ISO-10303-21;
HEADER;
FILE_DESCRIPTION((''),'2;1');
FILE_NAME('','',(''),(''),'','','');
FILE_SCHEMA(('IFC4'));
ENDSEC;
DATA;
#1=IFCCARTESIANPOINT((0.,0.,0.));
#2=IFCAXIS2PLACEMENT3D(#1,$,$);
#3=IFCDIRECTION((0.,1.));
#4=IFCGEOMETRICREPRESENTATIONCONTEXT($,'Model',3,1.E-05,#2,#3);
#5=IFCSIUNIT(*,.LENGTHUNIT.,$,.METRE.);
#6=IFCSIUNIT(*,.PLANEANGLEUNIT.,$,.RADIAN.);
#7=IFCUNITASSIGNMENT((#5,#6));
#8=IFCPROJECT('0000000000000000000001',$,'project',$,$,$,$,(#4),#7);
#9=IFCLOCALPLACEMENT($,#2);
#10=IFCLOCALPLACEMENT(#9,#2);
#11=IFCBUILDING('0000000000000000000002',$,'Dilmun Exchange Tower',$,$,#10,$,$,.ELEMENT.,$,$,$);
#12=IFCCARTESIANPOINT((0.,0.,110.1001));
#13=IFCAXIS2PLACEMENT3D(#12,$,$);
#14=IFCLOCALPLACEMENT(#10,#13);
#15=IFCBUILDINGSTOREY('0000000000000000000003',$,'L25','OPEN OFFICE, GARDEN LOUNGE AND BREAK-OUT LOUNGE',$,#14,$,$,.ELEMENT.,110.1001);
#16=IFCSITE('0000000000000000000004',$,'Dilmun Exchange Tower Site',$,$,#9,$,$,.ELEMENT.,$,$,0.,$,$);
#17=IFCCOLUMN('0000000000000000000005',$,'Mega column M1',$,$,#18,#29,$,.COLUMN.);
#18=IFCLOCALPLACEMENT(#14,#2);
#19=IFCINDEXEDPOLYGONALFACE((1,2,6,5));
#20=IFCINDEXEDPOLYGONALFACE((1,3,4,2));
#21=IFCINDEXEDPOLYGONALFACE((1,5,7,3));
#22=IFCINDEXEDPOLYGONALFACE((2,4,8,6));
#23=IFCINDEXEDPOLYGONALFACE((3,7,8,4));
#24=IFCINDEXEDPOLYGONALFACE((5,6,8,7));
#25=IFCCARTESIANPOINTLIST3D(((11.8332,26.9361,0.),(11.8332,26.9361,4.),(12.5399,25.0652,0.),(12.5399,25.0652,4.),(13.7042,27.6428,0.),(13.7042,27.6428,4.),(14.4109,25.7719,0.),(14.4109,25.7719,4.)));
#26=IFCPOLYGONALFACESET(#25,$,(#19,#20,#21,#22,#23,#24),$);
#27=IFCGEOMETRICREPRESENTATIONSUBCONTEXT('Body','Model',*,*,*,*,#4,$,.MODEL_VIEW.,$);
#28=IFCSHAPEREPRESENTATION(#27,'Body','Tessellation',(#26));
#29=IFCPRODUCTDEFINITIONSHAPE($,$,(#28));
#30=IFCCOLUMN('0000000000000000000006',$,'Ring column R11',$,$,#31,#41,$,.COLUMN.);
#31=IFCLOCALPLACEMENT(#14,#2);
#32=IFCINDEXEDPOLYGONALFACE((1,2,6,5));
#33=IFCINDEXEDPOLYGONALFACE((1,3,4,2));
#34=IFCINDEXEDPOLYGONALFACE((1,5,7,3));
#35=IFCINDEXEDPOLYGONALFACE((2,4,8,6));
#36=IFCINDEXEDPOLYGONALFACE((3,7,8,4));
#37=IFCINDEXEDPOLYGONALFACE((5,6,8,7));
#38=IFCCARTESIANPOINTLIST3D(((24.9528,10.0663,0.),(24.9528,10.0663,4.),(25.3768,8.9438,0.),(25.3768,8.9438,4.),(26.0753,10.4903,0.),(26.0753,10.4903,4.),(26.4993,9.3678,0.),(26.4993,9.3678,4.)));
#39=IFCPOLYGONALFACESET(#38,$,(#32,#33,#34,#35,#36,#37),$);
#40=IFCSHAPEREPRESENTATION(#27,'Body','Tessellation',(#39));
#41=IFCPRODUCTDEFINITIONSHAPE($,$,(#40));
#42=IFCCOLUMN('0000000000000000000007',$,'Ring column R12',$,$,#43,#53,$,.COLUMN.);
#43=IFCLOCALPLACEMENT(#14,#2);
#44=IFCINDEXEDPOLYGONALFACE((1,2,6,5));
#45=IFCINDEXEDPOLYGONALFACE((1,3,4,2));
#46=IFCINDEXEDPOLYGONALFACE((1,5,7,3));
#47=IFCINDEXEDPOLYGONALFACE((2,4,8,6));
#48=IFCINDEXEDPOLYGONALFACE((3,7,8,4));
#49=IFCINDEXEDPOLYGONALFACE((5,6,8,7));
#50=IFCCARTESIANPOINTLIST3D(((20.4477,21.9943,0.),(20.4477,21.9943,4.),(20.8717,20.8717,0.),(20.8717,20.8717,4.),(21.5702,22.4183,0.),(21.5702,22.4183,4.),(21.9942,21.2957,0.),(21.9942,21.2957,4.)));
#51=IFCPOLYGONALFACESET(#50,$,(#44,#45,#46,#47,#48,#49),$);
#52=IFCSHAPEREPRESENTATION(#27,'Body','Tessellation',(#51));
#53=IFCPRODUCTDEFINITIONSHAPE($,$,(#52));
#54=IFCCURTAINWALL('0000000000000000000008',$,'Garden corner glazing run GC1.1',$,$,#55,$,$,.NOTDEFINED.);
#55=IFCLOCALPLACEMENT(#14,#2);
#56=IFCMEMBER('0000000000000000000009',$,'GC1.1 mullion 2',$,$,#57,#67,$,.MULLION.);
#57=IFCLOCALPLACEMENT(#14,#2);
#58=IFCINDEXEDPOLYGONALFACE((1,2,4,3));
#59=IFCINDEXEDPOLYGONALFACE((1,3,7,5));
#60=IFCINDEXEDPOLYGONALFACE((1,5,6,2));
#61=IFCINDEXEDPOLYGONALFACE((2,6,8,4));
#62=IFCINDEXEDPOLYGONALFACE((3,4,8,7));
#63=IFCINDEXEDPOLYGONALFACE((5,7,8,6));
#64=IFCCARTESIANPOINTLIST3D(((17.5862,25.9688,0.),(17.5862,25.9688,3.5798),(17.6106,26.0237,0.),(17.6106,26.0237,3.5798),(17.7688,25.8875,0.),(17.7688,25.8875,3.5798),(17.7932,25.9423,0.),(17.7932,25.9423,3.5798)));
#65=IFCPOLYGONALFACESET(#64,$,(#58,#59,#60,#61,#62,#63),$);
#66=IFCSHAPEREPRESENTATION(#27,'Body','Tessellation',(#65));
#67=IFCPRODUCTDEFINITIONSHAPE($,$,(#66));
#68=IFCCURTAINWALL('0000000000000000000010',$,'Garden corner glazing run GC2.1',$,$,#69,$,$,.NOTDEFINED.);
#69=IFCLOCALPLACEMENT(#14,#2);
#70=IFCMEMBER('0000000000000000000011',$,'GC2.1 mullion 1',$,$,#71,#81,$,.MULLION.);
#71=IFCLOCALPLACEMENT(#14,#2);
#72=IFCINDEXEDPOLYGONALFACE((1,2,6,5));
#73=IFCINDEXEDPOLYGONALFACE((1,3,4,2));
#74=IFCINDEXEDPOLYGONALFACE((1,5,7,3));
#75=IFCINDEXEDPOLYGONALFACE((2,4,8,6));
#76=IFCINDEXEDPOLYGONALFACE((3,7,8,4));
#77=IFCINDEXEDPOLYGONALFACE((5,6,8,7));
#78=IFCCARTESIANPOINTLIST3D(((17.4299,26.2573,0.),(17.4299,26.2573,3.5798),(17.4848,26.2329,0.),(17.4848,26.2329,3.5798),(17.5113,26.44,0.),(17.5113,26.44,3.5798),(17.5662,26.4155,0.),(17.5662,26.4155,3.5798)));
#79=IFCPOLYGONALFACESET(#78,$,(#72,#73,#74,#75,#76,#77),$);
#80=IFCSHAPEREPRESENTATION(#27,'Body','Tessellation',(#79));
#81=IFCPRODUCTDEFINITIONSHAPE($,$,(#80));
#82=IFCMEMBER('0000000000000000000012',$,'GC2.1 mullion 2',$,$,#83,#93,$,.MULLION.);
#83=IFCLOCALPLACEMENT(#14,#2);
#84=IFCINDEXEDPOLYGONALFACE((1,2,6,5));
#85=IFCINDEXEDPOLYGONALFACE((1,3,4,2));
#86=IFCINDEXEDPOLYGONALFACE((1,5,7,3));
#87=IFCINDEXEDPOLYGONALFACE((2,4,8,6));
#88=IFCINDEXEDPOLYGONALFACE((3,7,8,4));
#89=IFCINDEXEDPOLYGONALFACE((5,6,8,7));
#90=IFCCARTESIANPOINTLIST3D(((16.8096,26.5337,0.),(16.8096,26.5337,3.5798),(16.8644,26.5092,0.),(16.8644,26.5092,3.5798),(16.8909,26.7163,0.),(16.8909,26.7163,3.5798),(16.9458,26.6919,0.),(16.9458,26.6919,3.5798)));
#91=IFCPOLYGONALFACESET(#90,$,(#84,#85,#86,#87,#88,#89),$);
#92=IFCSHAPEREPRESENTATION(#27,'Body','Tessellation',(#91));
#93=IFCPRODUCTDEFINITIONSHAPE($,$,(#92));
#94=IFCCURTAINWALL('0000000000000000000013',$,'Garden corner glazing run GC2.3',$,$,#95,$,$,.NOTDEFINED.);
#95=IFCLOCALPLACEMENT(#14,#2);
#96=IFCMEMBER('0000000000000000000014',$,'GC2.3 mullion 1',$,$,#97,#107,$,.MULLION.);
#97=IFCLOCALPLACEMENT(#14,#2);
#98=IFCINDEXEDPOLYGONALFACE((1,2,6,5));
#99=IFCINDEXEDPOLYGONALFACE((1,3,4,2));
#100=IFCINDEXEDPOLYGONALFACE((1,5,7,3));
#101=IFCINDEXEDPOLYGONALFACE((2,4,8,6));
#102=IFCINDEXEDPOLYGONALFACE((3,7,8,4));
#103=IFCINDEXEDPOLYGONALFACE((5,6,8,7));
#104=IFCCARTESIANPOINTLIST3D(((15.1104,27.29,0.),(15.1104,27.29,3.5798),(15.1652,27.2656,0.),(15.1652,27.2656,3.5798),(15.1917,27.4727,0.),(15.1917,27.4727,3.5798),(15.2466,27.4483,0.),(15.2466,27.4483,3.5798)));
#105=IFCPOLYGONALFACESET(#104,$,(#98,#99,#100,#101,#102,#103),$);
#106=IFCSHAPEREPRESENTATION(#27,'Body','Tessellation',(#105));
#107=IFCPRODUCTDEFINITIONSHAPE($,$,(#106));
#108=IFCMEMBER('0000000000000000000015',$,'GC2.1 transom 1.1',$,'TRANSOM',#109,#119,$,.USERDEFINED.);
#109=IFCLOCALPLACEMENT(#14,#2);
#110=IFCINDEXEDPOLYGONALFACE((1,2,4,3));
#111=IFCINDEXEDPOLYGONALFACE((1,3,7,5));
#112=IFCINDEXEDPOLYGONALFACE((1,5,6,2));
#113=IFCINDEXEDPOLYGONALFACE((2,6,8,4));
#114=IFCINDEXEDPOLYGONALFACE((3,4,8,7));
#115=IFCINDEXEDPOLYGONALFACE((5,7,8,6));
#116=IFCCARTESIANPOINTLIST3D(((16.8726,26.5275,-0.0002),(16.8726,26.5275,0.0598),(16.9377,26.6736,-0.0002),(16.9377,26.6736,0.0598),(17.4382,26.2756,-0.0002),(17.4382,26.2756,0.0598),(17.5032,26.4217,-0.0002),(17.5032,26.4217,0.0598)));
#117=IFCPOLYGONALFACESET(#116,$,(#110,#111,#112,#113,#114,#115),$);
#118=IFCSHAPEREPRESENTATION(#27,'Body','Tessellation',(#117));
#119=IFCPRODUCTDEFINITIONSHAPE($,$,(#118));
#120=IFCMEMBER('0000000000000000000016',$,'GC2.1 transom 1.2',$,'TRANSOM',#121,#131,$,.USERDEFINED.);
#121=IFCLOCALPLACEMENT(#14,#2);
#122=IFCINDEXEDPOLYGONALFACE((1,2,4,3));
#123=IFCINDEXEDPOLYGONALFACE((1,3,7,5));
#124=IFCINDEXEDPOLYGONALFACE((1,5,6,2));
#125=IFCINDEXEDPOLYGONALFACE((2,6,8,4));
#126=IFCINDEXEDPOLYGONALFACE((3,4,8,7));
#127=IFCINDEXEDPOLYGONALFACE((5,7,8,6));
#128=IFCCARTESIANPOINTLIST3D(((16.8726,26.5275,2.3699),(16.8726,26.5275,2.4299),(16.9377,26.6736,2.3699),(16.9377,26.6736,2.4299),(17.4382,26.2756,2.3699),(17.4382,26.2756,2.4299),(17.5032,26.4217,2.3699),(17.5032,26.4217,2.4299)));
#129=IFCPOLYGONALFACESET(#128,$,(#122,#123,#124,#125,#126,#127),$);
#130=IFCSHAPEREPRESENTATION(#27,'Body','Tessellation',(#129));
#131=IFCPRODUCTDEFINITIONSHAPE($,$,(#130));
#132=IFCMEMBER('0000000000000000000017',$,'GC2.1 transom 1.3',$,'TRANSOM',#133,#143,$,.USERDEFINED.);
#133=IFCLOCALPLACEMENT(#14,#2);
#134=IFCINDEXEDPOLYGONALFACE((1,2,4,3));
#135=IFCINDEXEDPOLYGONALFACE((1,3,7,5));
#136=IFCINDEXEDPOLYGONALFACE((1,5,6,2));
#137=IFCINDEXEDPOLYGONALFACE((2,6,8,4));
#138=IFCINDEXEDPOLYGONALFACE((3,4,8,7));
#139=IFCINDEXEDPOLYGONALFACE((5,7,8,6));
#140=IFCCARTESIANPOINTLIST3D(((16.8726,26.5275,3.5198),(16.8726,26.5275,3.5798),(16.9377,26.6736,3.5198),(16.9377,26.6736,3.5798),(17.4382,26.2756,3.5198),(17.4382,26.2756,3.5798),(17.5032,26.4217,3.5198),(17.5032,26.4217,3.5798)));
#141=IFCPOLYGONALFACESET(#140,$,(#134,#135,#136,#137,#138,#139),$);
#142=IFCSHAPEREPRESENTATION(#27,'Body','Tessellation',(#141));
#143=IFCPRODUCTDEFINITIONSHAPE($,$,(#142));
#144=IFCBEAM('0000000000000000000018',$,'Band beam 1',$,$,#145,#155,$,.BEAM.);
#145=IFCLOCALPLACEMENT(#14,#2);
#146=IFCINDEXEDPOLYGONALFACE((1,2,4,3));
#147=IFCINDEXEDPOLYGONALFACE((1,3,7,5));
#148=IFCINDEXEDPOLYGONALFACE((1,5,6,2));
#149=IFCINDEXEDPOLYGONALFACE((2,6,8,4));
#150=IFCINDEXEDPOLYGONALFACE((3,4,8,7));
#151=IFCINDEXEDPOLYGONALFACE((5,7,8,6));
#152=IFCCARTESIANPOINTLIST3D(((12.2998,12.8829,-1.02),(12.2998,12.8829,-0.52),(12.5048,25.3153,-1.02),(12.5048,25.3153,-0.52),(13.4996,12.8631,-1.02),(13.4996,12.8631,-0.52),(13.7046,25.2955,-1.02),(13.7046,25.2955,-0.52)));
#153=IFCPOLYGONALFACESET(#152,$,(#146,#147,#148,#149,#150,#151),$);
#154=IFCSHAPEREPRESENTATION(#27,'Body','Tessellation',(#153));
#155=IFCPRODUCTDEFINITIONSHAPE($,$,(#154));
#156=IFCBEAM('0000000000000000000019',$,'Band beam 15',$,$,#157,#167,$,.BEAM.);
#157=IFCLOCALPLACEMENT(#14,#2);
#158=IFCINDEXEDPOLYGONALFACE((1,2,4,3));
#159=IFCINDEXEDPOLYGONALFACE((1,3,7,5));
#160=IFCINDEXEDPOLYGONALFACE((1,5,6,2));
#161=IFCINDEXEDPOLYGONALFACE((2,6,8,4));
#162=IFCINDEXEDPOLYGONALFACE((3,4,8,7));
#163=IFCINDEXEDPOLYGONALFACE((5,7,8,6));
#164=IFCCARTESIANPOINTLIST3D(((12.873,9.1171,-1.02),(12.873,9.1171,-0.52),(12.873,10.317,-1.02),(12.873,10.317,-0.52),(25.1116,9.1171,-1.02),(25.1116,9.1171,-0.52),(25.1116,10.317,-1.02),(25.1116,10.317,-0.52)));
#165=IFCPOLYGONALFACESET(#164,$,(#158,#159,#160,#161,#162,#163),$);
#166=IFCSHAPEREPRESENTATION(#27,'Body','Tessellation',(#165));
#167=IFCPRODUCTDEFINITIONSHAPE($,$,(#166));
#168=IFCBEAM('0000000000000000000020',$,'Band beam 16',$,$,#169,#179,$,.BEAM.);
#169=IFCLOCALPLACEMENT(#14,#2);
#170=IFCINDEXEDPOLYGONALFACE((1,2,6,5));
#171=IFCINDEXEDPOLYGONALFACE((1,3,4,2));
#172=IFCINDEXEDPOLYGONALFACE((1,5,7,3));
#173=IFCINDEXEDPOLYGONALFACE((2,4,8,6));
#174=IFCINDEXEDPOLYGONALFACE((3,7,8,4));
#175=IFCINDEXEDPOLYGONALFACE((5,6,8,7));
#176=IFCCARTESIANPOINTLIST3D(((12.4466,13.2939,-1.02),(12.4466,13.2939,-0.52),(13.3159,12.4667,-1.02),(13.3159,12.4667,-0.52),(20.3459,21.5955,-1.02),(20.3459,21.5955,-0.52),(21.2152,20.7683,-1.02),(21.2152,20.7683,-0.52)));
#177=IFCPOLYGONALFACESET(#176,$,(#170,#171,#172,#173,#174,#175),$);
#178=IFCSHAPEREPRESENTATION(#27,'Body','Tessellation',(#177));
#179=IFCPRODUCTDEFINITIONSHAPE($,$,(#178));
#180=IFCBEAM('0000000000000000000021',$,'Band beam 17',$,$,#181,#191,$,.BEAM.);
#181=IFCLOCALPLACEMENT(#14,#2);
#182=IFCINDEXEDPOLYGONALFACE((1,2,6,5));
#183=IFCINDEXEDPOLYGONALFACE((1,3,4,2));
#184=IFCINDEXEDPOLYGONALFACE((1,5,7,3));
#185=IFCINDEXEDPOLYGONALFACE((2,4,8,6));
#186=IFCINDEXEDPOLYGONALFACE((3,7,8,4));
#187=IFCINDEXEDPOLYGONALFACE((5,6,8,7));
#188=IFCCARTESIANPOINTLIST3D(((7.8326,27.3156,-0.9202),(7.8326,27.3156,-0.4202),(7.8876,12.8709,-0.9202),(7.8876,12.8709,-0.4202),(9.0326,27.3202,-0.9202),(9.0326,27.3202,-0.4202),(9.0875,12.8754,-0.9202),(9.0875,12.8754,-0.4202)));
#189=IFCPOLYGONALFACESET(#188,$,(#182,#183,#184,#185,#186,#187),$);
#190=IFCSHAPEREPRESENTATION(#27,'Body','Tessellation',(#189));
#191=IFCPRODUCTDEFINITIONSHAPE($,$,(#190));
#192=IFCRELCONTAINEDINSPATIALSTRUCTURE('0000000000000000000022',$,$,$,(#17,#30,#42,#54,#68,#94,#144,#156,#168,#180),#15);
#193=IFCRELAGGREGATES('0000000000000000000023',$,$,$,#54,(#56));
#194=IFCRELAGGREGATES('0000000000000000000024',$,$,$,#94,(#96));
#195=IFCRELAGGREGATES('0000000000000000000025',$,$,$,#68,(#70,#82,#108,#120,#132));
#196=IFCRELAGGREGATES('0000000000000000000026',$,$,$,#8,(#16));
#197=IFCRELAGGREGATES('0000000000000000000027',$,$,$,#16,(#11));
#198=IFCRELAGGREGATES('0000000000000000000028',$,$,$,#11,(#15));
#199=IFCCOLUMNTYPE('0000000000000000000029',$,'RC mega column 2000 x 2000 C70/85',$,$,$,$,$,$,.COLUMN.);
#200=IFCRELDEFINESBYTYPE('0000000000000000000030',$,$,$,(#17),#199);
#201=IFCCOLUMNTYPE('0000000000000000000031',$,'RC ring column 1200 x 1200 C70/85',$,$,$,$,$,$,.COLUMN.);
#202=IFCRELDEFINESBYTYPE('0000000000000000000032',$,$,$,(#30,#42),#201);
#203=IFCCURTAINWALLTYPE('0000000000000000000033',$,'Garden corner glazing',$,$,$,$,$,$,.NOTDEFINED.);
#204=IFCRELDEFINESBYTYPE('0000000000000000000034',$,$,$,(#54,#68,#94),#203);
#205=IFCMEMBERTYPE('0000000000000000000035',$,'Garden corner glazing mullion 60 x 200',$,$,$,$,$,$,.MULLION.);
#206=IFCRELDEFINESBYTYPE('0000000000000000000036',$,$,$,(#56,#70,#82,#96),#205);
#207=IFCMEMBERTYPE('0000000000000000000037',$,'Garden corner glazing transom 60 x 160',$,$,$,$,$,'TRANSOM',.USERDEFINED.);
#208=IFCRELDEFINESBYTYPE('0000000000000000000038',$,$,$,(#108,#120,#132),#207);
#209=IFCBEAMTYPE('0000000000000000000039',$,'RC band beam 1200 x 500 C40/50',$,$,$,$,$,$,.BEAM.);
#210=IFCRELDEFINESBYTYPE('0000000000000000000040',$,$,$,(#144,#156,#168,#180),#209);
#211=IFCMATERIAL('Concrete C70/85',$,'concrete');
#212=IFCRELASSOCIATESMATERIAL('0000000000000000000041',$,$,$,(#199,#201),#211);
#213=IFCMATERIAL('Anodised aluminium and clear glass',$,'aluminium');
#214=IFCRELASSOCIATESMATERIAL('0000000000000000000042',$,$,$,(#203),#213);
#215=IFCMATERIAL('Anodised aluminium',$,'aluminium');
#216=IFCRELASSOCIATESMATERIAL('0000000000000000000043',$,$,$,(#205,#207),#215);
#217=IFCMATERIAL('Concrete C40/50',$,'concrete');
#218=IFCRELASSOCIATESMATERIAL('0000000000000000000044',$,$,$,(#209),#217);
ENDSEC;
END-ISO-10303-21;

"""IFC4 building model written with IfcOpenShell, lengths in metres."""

from ifc_helpers import new_model, si_unit, direction, frame, origin, origin_2d, place, context, subcontext, project, spatial, rectangle, extrude, material, material_profile, profile_set, type_object, element, aggregate, save


model = new_model("IFC4")

# Units and contexts
model_context = context("Model", 3, precision=1e-05, world=origin(), true_north=direction((0.0, 1.0)))
body_context = subcontext(model_context, "Body", "Model", "MODEL_VIEW")
ifc_project = project(units=[si_unit("LENGTHUNIT", "METRE"), si_unit("PLANEANGLEUNIT", "RADIAN")], contexts=[model_context])

# Site, building, storey
site_placement = place(None, origin())
site = spatial("IfcSite", under=ifc_project, at=site_placement, Name="Dilmun Exchange Tower Site", CompositionType="ELEMENT", RefElevation=0.0)
building_placement = place(site_placement, origin())
building = spatial("IfcBuilding", under=site, at=building_placement, Name="Dilmun Exchange Tower", CompositionType="ELEMENT")
storey_placement = place(building_placement, frame((0.0, 0.0, 110.1001)))
storey = spatial("IfcBuildingStorey", under=building, at=storey_placement, Name="L25", Description="OPEN OFFICE, GARDEN LOUNGE AND BREAK-OUT LOUNGE", CompositionType="ELEMENT", Elevation=110.1001)

# Columns
ifc_material_1 = material(Name="Concrete C70/85", Category="concrete")
ifc_material_profile_1 = material_profile(ifc_material_1, rectangle(XDim=2.0, YDim=2.0, at=origin_2d()), Name="2000 x 2000")
ifc_profile_set_1 = profile_set([ifc_material_profile_1], Name="Concrete C70/85")
column_type_1 = type_object("IfcColumnType", Name="RC mega column 2000 x 2000 C70/85", PredefinedType="COLUMN", material=ifc_profile_set_1)
column_placement = place(storey_placement, frame((13.1221, 26.354, 0.0), z_axis=(0.0, 0.0, 1.0), x_axis=(0.935492, 0.353349, 0.0)))
element("IfcColumn", 1, at=column_placement, inside=storey, type_object=column_type_1, Name="Mega column M1", PredefinedType="COLUMN", context=body_context, shape_type="SweptSolid", body=[
    extrude(rectangle(XDim=2.0, YDim=2.0, at=origin_2d()), origin(), (0.0, 0.0, 1.0), 4.0),
])
ifc_material_profile_2 = material_profile(ifc_material_1, rectangle(XDim=1.2, YDim=1.2, at=origin_2d()), Name="1200 x 1200")
ifc_profile_set_2 = profile_set([ifc_material_profile_2], Name="Concrete C70/85")
column_type_2 = type_object("IfcColumnType", Name="RC ring column 1200 x 1200 C70/85", PredefinedType="COLUMN", material=ifc_profile_set_2)
for number, where, z_axis, x_axis, name in (
    (2, (25.7261, 9.717, 0.0), (0.0, 0.0, 1.0), (0.935492, 0.353349, 0.0), "Ring column R11"),
    (3, (21.2209, 21.645, 0.0), (0.0, 0.0, 1.0), (0.935492, 0.353349, 0.0), "Ring column R12"),
):
    element("IfcColumn", number, at=place(storey_placement, frame(where, z_axis=z_axis, x_axis=x_axis)), inside=storey, type_object=column_type_2, Name=name, PredefinedType="COLUMN", context=body_context, shape_type="SweptSolid", body=[
        extrude(rectangle(XDim=1.2, YDim=1.2, at=origin_2d()), origin(), (0.0, 0.0, 1.0), 4.0),
    ])

# Curtain wall, member
ifc_material_2 = material(Name="Anodised aluminium and clear glass", Category="aluminium")
curtain_wall_type = type_object("IfcCurtainWallType", Name="Garden corner glazing", PredefinedType="NOTDEFINED", material=ifc_material_2)
curtain_wall_1_placement = place(storey_placement, origin())
curtain_wall_1 = element("IfcCurtainWall", 4, at=curtain_wall_1_placement, inside=storey, type_object=curtain_wall_type, Name="Garden corner glazing run GC1.1", PredefinedType="NOTDEFINED")
ifc_material_3 = material(Name="Anodised aluminium", Category="aluminium")
ifc_material_profile_3 = material_profile(ifc_material_3, rectangle(XDim=0.2, YDim=0.0601, at=origin_2d()), Name="AL 60x200")
ifc_profile_set_3 = profile_set([ifc_material_profile_3], Name="Anodised aluminium")
member_type_1 = type_object("IfcMemberType", Name="Garden corner glazing mullion 60 x 200", PredefinedType="MULLION", material=ifc_profile_set_3)
member_1_placement = place(storey_placement, frame((17.6897, 25.9556, 0.0), z_axis=(0.0, 0.0, 1.0), x_axis=(0.913543, -0.406743, 0.0)))
member_1 = element("IfcMember", 5, at=member_1_placement, type_object=member_type_1, Name="GC1.1 mullion 2", PredefinedType="MULLION", context=body_context, shape_type="SweptSolid", body=[
    extrude(rectangle(XDim=0.2, YDim=0.0601, at=origin_2d()), origin(), (0.0, 0.0, 1.0), 3.5798),
])
aggregate(curtain_wall_1, [member_1])

# Curtain wall, members
curtain_wall_2_placement = place(storey_placement, origin())
curtain_wall_2 = element("IfcCurtainWall", 6, at=curtain_wall_2_placement, inside=storey, type_object=curtain_wall_type, Name="Garden corner glazing run GC2.1", PredefinedType="NOTDEFINED")
member_2_placement = place(storey_placement, frame((17.498, 26.3364, 0.0), z_axis=(0.0, 0.0, 1.0), x_axis=(-0.406829, -0.913504, 0.0)))
member_2 = element("IfcMember", 7, at=member_2_placement, type_object=member_type_1, Name="GC2.1 mullion 1", PredefinedType="MULLION", context=body_context, shape_type="SweptSolid", body=[
    extrude(rectangle(XDim=0.2, YDim=0.0601, at=origin_2d()), origin(), (0.0, 0.0, 1.0), 3.5798),
])
member_3_placement = place(storey_placement, frame((16.8777, 26.6128, 0.0), z_axis=(0.0, 0.0, 1.0), x_axis=(-0.406829, -0.913504, 0.0)))
member_3 = element("IfcMember", 8, at=member_3_placement, type_object=member_type_1, Name="GC2.1 mullion 2", PredefinedType="MULLION", context=body_context, shape_type="SweptSolid", body=[
    extrude(rectangle(XDim=0.2, YDim=0.0601, at=origin_2d()), origin(), (0.0, 0.0, 1.0), 3.5798),
])

# Curtain wall, member
curtain_wall_3_placement = place(storey_placement, origin())
curtain_wall_3 = element("IfcCurtainWall", 9, at=curtain_wall_3_placement, inside=storey, type_object=curtain_wall_type, Name="Garden corner glazing run GC2.3", PredefinedType="NOTDEFINED")
member_4_placement = place(storey_placement, frame((15.1785, 27.3691, 0.0), z_axis=(0.0, 0.0, 1.0), x_axis=(-0.406735, -0.913546, 0.0)))
member_4 = element("IfcMember", 10, at=member_4_placement, type_object=member_type_1, Name="GC2.3 mullion 1", PredefinedType="MULLION", context=body_context, shape_type="SweptSolid", body=[
    extrude(rectangle(XDim=0.2, YDim=0.0601, at=origin_2d()), origin(), (0.0, 0.0, 1.0), 3.5798),
])
aggregate(curtain_wall_3, [member_4])

# Members
ifc_material_profile_4 = material_profile(ifc_material_3, rectangle(XDim=0.1599, YDim=0.0601, at=origin_2d()), Name="AL 60x160")
ifc_profile_set_4 = profile_set([ifc_material_profile_4], Name="Anodised aluminium")
member_type_2 = type_object("IfcMemberType", Name="Garden corner glazing transom 60 x 160", ElementType="TRANSOM", PredefinedType="USERDEFINED", material=ifc_profile_set_4)
member_5_placement = place(storey_placement, frame((17.4707, 26.3486, 0.0298), z_axis=(-0.913486, 0.40687, 0.0), x_axis=(-0.40687, -0.913486, 0.0)))
member_5 = element("IfcMember", 11, at=member_5_placement, type_object=member_type_2, Name="GC2.1 transom 1.1", ObjectType="TRANSOM", PredefinedType="USERDEFINED", context=body_context, shape_type="SweptSolid", body=[
    extrude(rectangle(XDim=0.1599, YDim=0.0601, at=origin_2d()), origin(), (0.0, 0.0, 1.0), 0.6191),
])
member_6_placement = place(storey_placement, frame((17.4707, 26.3486, 2.3999), z_axis=(-0.913486, 0.40687, 0.0), x_axis=(-0.40687, -0.913486, 0.0)))
member_6 = element("IfcMember", 12, at=member_6_placement, type_object=member_type_2, Name="GC2.1 transom 1.2", ObjectType="TRANSOM", PredefinedType="USERDEFINED", context=body_context, shape_type="SweptSolid", body=[
    extrude(rectangle(XDim=0.1599, YDim=0.0601, at=origin_2d()), origin(), (0.0, 0.0, 1.0), 0.6191),
])
member_7_placement = place(storey_placement, frame((17.4707, 26.3486, 3.5498), z_axis=(-0.913486, 0.40687, 0.0), x_axis=(-0.40687, -0.913486, 0.0)))
member_7 = element("IfcMember", 13, at=member_7_placement, type_object=member_type_2, Name="GC2.1 transom 1.3", ObjectType="TRANSOM", PredefinedType="USERDEFINED", context=body_context, shape_type="SweptSolid", body=[
    extrude(rectangle(XDim=0.1599, YDim=0.0601, at=origin_2d()), origin(), (0.0, 0.0, 1.0), 0.6191),
])

# Beams
ifc_material_4 = material(Name="Concrete C40/50", Category="concrete")
ifc_material_profile_5 = material_profile(ifc_material_4, rectangle(XDim=1.2, YDim=0.5, at=origin_2d()), Name="1200 x 500")
ifc_profile_set_5 = profile_set([ifc_material_profile_5], Name="Concrete C40/50")
beam_type_1 = type_object("IfcBeamType", Name="RC band beam 1200 x 500 C40/50", PredefinedType="BEAM", material=ifc_profile_set_5)
beam_1_placement = place(storey_placement, frame((13.1047, 25.3054, -0.77), z_axis=(-0.016493, -0.999864, 0.0), x_axis=(0.999864, -0.016493, 0.0)))
element("IfcBeam", 14, at=beam_1_placement, inside=storey, type_object=beam_type_1, Name="Band beam 1", PredefinedType="BEAM", context=body_context, shape_type="SweptSolid", body=[
    extrude(rectangle(XDim=1.2, YDim=0.5, at=origin_2d()), origin(), (0.0, 0.0, 1.0), 12.4341),
])
beam_2_placement = place(storey_placement, frame((25.1116, 9.717, -0.77), z_axis=(-1.0, 0.0, 0.0), x_axis=(0.0, -1.0, 0.0)))
element("IfcBeam", 15, at=beam_2_placement, inside=storey, type_object=beam_type_1, Name="Band beam 15", PredefinedType="BEAM", context=body_context, shape_type="SweptSolid", body=[
    extrude(rectangle(XDim=1.2, YDim=0.5, at=origin_2d()), origin(), (0.0, 0.0, 1.0), 12.2385),
])
beam_3_placement = place(storey_placement, frame((20.7805, 21.1819, -0.77), z_axis=(-0.689333, -0.724444, 0.0), x_axis=(0.724444, -0.689333, 0.0)))
element("IfcBeam", 16, at=beam_3_placement, inside=storey, type_object=beam_type_1, Name="Band beam 16", PredefinedType="BEAM", context=body_context, shape_type="SweptSolid", body=[
    extrude(rectangle(XDim=1.2, YDim=0.5, at=origin_2d()), origin(), (0.0, 0.0, 1.0), 11.4592),
])
beam_4_placement = place(storey_placement, frame((8.4326, 27.3179, -0.6702), z_axis=(0.003803, -0.999993, 0.0), x_axis=(0.999993, 0.003803, 0.0)))
element("IfcBeam", 17, at=beam_4_placement, inside=storey, type_object=beam_type_1, Name="Band beam 17", PredefinedType="BEAM", context=body_context, shape_type="SweptSolid", body=[
    extrude(rectangle(XDim=1.2, YDim=0.5, at=origin_2d()), origin(), (0.0, 0.0, 1.0), 14.4448),
])

aggregate(curtain_wall_2, [member_2, member_3, member_5, member_6, member_7])

save(model, "model.ifc")
